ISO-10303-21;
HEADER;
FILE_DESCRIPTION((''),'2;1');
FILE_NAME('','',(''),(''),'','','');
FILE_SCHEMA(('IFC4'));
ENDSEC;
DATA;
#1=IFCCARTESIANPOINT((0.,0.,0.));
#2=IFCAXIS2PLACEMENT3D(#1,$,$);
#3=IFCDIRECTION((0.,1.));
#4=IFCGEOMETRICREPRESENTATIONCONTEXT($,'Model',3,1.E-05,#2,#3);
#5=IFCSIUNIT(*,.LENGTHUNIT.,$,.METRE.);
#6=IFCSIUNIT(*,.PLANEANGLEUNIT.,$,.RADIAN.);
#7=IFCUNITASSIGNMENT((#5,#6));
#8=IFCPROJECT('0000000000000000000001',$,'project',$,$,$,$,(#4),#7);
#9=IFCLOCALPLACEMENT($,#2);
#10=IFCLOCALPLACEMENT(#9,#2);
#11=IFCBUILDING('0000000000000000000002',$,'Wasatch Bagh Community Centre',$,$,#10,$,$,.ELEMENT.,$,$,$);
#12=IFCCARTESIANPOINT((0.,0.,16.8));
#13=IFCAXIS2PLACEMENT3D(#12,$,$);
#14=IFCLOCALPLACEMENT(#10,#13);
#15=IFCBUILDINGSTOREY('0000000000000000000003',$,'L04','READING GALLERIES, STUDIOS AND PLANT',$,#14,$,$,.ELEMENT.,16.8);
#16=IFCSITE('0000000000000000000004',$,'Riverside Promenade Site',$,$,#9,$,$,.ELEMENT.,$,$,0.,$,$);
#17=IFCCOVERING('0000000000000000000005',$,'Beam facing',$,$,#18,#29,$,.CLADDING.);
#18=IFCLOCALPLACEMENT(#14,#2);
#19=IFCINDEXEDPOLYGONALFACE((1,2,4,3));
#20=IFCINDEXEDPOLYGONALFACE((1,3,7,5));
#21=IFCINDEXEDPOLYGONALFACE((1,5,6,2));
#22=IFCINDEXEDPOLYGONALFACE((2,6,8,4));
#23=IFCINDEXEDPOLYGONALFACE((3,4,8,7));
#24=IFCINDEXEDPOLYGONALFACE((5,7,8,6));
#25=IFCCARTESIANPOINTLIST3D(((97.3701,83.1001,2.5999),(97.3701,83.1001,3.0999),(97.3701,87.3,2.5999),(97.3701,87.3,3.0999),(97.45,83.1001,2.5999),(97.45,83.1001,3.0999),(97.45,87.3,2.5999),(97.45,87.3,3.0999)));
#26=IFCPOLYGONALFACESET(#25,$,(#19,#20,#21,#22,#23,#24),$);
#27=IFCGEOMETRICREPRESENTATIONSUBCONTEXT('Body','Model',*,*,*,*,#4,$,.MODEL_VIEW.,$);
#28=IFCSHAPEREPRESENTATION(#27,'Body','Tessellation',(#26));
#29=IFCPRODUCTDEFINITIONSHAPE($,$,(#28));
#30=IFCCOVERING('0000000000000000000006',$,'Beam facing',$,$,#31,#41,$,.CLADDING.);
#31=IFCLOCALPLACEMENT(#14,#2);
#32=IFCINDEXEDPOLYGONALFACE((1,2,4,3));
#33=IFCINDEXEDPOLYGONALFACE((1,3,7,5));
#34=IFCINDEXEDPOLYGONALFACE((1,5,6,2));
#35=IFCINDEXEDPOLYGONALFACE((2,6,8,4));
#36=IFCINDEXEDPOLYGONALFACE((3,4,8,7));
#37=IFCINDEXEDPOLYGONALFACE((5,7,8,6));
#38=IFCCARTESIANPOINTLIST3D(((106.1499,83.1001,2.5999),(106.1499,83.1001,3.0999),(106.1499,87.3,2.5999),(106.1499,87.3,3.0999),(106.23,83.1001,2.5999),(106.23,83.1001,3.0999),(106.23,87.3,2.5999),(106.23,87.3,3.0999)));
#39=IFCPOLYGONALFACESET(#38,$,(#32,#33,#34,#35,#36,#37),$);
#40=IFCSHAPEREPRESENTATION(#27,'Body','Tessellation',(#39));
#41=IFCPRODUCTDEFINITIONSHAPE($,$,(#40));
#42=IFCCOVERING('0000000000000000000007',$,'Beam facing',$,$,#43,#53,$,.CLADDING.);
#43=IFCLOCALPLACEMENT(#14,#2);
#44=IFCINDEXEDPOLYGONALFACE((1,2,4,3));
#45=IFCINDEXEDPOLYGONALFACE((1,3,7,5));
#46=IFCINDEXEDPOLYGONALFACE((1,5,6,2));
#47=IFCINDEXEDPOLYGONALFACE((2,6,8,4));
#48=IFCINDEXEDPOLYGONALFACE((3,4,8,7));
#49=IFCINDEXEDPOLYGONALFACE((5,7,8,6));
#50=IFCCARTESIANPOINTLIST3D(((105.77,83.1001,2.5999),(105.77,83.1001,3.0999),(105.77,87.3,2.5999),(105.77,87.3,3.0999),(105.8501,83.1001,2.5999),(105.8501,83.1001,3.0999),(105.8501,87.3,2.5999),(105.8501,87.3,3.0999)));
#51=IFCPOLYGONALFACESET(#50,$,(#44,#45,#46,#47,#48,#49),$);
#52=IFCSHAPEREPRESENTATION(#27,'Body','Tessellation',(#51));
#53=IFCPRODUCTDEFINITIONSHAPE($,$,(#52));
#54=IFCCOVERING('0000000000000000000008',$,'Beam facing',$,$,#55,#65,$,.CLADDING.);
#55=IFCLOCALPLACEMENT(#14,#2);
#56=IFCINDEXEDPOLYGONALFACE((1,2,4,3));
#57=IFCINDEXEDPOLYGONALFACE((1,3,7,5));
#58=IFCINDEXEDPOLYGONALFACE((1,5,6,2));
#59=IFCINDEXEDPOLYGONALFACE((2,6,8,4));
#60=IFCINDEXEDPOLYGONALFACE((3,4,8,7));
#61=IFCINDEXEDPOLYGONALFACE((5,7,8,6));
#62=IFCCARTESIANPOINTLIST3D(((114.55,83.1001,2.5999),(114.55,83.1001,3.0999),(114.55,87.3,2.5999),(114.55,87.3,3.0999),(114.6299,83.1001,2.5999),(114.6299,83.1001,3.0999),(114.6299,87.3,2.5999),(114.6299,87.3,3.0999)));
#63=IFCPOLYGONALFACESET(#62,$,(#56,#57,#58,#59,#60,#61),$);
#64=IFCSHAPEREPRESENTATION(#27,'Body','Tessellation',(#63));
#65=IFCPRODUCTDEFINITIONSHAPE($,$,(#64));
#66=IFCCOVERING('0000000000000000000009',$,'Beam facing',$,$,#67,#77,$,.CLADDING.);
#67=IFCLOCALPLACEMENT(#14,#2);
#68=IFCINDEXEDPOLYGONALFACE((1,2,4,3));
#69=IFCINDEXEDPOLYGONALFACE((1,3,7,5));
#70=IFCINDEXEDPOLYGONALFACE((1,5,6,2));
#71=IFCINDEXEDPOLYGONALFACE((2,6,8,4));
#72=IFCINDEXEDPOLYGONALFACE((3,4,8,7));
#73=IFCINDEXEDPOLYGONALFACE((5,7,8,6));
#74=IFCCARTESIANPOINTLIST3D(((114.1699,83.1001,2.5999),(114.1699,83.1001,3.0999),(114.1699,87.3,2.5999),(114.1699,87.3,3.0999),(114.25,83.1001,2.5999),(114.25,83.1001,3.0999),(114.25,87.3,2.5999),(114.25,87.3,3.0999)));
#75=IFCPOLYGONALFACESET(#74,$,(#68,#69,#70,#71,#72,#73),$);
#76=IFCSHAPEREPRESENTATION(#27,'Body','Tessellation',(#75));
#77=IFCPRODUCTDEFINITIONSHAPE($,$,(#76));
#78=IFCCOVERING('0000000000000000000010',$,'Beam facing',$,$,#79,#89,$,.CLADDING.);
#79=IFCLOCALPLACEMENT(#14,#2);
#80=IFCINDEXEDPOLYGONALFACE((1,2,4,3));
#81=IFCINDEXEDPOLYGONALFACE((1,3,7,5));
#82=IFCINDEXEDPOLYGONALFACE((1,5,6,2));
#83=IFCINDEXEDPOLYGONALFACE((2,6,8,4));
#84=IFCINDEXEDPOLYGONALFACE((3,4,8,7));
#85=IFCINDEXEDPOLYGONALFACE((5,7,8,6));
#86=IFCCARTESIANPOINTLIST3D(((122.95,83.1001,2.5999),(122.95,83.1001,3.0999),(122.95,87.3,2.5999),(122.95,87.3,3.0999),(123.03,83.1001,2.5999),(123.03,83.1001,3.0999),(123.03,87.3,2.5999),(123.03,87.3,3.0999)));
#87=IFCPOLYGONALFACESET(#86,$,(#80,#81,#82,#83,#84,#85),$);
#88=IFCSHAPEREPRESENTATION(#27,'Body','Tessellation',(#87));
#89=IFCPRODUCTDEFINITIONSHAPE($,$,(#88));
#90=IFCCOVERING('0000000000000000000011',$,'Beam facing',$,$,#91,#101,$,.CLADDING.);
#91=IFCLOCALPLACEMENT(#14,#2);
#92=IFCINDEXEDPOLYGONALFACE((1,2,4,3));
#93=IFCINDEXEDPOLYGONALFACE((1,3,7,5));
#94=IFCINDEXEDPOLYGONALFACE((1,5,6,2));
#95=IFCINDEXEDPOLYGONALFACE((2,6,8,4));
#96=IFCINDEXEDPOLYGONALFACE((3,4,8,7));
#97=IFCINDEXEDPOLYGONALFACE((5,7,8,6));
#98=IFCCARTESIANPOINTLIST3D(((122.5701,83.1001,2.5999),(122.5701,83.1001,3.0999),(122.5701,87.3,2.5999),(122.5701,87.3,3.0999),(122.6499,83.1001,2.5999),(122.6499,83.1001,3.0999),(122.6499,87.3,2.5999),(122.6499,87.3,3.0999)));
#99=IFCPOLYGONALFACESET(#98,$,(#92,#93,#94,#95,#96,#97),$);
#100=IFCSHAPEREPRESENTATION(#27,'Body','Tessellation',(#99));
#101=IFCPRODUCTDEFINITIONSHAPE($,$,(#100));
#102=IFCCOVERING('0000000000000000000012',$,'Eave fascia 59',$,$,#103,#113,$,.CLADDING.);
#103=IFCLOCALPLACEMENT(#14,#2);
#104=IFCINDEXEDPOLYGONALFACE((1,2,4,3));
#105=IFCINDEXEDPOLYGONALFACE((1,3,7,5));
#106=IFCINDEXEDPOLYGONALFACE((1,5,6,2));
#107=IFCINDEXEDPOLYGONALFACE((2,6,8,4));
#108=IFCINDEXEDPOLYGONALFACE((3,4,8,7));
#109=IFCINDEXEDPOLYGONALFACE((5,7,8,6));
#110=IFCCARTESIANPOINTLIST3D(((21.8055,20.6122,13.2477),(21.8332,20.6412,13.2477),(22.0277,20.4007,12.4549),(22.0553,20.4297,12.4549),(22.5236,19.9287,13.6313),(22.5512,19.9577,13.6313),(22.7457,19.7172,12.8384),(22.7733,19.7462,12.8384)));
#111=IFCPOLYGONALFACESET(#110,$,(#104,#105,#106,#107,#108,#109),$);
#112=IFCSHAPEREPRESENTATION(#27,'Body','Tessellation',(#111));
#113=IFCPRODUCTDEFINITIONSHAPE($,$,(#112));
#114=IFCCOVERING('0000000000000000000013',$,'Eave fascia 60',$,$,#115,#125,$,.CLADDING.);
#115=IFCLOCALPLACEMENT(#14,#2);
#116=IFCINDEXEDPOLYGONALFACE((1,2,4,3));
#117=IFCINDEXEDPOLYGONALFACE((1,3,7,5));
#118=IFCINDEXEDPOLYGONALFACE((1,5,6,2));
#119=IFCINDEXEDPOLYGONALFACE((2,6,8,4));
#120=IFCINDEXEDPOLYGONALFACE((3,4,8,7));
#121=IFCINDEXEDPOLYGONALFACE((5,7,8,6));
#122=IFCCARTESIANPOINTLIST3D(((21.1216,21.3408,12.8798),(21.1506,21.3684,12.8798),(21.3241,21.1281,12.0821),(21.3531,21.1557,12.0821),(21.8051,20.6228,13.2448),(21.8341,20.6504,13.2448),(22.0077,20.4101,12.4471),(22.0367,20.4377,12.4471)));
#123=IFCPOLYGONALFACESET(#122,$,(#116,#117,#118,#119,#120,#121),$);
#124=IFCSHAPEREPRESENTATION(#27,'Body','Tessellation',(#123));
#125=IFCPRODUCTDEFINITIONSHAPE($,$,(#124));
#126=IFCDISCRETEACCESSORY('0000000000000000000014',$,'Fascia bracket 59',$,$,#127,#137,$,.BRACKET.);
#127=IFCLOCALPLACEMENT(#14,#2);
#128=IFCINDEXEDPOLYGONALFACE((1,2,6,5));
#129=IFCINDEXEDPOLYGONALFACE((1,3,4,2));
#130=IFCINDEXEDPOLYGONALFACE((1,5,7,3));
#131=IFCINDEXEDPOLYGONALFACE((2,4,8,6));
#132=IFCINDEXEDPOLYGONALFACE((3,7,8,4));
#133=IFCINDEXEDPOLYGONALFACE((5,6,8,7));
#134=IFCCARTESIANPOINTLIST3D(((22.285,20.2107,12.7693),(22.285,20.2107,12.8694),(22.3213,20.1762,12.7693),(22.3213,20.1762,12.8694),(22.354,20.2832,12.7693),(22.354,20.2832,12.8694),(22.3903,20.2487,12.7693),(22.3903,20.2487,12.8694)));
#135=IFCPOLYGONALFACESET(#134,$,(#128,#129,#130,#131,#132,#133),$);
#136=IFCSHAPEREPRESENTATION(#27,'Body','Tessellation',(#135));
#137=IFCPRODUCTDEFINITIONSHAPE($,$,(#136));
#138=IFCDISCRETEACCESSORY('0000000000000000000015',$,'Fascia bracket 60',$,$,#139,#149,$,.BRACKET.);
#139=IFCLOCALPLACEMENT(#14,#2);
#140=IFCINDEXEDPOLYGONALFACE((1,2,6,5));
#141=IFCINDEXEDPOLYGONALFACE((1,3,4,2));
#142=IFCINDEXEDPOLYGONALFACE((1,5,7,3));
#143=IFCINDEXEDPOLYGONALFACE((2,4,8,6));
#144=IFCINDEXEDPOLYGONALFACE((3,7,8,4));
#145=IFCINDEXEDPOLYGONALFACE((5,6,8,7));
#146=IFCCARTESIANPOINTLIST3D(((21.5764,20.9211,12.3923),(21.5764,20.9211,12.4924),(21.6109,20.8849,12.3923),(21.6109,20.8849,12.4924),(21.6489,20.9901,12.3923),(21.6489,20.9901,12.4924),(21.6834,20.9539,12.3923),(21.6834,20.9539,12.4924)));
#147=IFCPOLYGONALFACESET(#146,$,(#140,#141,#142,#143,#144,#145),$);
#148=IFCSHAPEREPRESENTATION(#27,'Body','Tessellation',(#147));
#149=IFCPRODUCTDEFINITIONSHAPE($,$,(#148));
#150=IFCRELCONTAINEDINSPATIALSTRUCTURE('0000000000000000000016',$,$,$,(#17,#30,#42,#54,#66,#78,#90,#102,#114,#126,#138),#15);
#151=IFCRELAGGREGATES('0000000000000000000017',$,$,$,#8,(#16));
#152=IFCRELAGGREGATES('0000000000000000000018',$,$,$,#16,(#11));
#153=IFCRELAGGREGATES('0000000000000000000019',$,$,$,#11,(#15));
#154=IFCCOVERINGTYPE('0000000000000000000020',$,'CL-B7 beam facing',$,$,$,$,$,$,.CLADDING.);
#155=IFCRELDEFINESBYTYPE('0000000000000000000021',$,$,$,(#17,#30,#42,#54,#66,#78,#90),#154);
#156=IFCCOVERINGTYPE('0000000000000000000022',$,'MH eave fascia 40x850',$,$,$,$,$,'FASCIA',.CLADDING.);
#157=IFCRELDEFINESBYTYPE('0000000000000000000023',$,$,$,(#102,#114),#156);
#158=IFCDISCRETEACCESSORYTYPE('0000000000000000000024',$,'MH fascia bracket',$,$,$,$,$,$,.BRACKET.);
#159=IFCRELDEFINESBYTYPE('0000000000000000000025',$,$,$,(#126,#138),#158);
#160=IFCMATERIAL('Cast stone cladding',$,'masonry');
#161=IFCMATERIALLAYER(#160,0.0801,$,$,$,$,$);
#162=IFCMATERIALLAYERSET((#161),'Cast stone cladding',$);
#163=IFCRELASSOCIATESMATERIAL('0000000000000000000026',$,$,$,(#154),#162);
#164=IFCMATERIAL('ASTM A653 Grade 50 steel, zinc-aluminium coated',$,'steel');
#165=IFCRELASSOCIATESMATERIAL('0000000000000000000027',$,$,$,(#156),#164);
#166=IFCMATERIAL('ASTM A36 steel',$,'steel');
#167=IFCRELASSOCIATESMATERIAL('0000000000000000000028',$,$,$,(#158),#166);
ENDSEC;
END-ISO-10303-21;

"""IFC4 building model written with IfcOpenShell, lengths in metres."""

from ifc_helpers import new_model, si_unit, direction, frame, origin, origin_2d, place, context, subcontext, project, spatial, polyline, rectangle, outline, extrude, material, layer, layer_set, material_profile, profile_set, type_object, element, save


model = new_model("IFC4")

# Units and contexts
model_context = context("Model", 3, precision=1e-05, world=origin(), true_north=direction((0.0, 1.0)))
body_context = subcontext(model_context, "Body", "Model", "MODEL_VIEW")
ifc_project = project(units=[si_unit("LENGTHUNIT", "METRE"), si_unit("PLANEANGLEUNIT", "RADIAN")], contexts=[model_context])

# Site, building, storey
site_placement = place(None, origin())
site = spatial("IfcSite", under=ifc_project, at=site_placement, Name="Riverside Promenade Site", CompositionType="ELEMENT", RefElevation=0.0)
building_placement = place(site_placement, origin())
building = spatial("IfcBuilding", under=site, at=building_placement, Name="Wasatch Bagh Community Centre", CompositionType="ELEMENT")
storey_placement = place(building_placement, frame((0.0, 0.0, 16.8)))
storey = spatial("IfcBuildingStorey", under=building, at=storey_placement, Name="L04", Description="READING GALLERIES, STUDIOS AND PLANT", CompositionType="ELEMENT", Elevation=16.8)

# Coverings
ifc_material_1 = material(Name="Cast stone cladding", Category="masonry")
ifc_layer = layer(ifc_material_1, 0.0801)
ifc_layer_set = layer_set([ifc_layer], Name="Cast stone cladding")
covering_type_1 = type_object("IfcCoveringType", Name="CL-B7 beam facing", PredefinedType="CLADDING", material=ifc_layer_set)
covering_1_placement = place(storey_placement, frame((0.0, 0.0, 2.5999)))
element("IfcCovering", 1, at=covering_1_placement, inside=storey, type_object=covering_type_1, Name="Beam facing", PredefinedType="CLADDING", context=body_context, shape_type="SweptSolid", body=[
    extrude(outline(polyline([(97.45, 87.3), (97.45, 83.1001), (97.3701, 83.1001), (97.3701, 87.3), (97.45, 87.3)])), origin(), (0.0, 0.0, 1.0), 0.5),
])
covering_2_placement = place(storey_placement, frame((0.0, 0.0, 2.5999)))
element("IfcCovering", 2, at=covering_2_placement, inside=storey, type_object=covering_type_1, Name="Beam facing", PredefinedType="CLADDING", context=body_context, shape_type="SweptSolid", body=[
    extrude(outline(polyline([(106.1499, 87.3), (106.1499, 83.1001), (106.23, 83.1001), (106.23, 87.3), (106.1499, 87.3)])), origin(), (0.0, 0.0, 1.0), 0.5),
])
covering_3_placement = place(storey_placement, frame((0.0, 0.0, 2.5999)))
element("IfcCovering", 3, at=covering_3_placement, inside=storey, type_object=covering_type_1, Name="Beam facing", PredefinedType="CLADDING", context=body_context, shape_type="SweptSolid", body=[
    extrude(outline(polyline([(105.8501, 87.3), (105.8501, 83.1001), (105.77, 83.1001), (105.77, 87.3), (105.8501, 87.3)])), origin(), (0.0, 0.0, 1.0), 0.5),
])
covering_4_placement = place(storey_placement, frame((0.0, 0.0, 2.5999)))
element("IfcCovering", 4, at=covering_4_placement, inside=storey, type_object=covering_type_1, Name="Beam facing", PredefinedType="CLADDING", context=body_context, shape_type="SweptSolid", body=[
    extrude(outline(polyline([(114.55, 87.3), (114.55, 83.1001), (114.6299, 83.1001), (114.6299, 87.3), (114.55, 87.3)])), origin(), (0.0, 0.0, 1.0), 0.5),
])
covering_5_placement = place(storey_placement, frame((0.0, 0.0, 2.5999)))
element("IfcCovering", 5, at=covering_5_placement, inside=storey, type_object=covering_type_1, Name="Beam facing", PredefinedType="CLADDING", context=body_context, shape_type="SweptSolid", body=[
    extrude(outline(polyline([(114.25, 87.3), (114.25, 83.1001), (114.1699, 83.1001), (114.1699, 87.3), (114.25, 87.3)])), origin(), (0.0, 0.0, 1.0), 0.5),
])
covering_6_placement = place(storey_placement, frame((0.0, 0.0, 2.5999)))
element("IfcCovering", 6, at=covering_6_placement, inside=storey, type_object=covering_type_1, Name="Beam facing", PredefinedType="CLADDING", context=body_context, shape_type="SweptSolid", body=[
    extrude(outline(polyline([(122.95, 87.3), (122.95, 83.1001), (123.03, 83.1001), (123.03, 87.3), (122.95, 87.3)])), origin(), (0.0, 0.0, 1.0), 0.5),
])
covering_7_placement = place(storey_placement, frame((0.0, 0.0, 2.5999)))
element("IfcCovering", 7, at=covering_7_placement, inside=storey, type_object=covering_type_1, Name="Beam facing", PredefinedType="CLADDING", context=body_context, shape_type="SweptSolid", body=[
    extrude(outline(polyline([(122.6499, 87.3), (122.6499, 83.1001), (122.5701, 83.1001), (122.5701, 87.3), (122.6499, 87.3)])), origin(), (0.0, 0.0, 1.0), 0.5),
])
ifc_material_2 = material(Name="ASTM A653 Grade 50 steel, zinc-aluminium coated", Category="steel")
ifc_material_profile_1 = material_profile(ifc_material_2, rectangle(XDim=0.04, YDim=0.8501, at=origin_2d()), Name="FASCIA 40x850")
ifc_profile_set_1 = profile_set([ifc_material_profile_1], Name="ASTM A653 Grade 50 steel, zinc-aluminium coated")
covering_type_2 = type_object("IfcCoveringType", Name="MH eave fascia 40x850", ElementType="FASCIA", PredefinedType="CLADDING", material=ifc_profile_set_1)
covering_8_placement = place(storey_placement, frame((22.6484, 19.8374, 13.2349), z_axis=(-0.675467, 0.643083, -0.360816), x_axis=(-0.689532, -0.724255, 0.0)))
element("IfcCovering", 8, at=covering_8_placement, inside=storey, type_object=covering_type_2, Name="Eave fascia 59", PredefinedType="CLADDING", context=body_context, shape_type="SweptSolid", body=[
    extrude(rectangle(XDim=0.04, YDim=0.8501, at=origin_2d()), origin(), (0.0, 0.0, 1.0), 1.063),
])
covering_9_placement = place(storey_placement, frame((21.9209, 20.5303, 12.8459), z_axis=(-0.647072, 0.679657, -0.34549), x_axis=(-0.724255, -0.689532, 0.0)))
element("IfcCovering", 9, at=covering_9_placement, inside=storey, type_object=covering_type_2, Name="Eave fascia 60", PredefinedType="CLADDING", context=body_context, shape_type="SweptSolid", body=[
    extrude(rectangle(XDim=0.04, YDim=0.8501, at=origin_2d()), origin(), (0.0, 0.0, 1.0), 1.0564),
])

# Discrete accessories
ifc_material_3 = material(Name="ASTM A36 steel", Category="steel")
discrete_accessory_type = type_object("IfcDiscreteAccessoryType", Name="MH fascia bracket", PredefinedType="BRACKET", material=ifc_material_3)
for number, where, z_axis, x_axis, name in (
    (10, (22.3376, 20.2297, 12.7693), (0.0, 0.0, 1.0), (-0.689541, -0.724247, 0.0), "Fascia bracket 59"),
    (11, (21.6299, 20.9375, 12.3923), (0.0, 0.0, 1.0), (-0.724247, -0.689541, 0.0), "Fascia bracket 60"),
):
    element("IfcDiscreteAccessory", number, at=place(storey_placement, frame(where, z_axis=z_axis, x_axis=x_axis)), inside=storey, type_object=discrete_accessory_type, Name=name, PredefinedType="BRACKET", context=body_context, shape_type="SweptSolid", body=[
        extrude(rectangle(XDim=0.1001, YDim=0.05, at=origin_2d()), origin(), (0.0, 0.0, 1.0), 0.1001),
    ])

save(model, "model.ifc")
